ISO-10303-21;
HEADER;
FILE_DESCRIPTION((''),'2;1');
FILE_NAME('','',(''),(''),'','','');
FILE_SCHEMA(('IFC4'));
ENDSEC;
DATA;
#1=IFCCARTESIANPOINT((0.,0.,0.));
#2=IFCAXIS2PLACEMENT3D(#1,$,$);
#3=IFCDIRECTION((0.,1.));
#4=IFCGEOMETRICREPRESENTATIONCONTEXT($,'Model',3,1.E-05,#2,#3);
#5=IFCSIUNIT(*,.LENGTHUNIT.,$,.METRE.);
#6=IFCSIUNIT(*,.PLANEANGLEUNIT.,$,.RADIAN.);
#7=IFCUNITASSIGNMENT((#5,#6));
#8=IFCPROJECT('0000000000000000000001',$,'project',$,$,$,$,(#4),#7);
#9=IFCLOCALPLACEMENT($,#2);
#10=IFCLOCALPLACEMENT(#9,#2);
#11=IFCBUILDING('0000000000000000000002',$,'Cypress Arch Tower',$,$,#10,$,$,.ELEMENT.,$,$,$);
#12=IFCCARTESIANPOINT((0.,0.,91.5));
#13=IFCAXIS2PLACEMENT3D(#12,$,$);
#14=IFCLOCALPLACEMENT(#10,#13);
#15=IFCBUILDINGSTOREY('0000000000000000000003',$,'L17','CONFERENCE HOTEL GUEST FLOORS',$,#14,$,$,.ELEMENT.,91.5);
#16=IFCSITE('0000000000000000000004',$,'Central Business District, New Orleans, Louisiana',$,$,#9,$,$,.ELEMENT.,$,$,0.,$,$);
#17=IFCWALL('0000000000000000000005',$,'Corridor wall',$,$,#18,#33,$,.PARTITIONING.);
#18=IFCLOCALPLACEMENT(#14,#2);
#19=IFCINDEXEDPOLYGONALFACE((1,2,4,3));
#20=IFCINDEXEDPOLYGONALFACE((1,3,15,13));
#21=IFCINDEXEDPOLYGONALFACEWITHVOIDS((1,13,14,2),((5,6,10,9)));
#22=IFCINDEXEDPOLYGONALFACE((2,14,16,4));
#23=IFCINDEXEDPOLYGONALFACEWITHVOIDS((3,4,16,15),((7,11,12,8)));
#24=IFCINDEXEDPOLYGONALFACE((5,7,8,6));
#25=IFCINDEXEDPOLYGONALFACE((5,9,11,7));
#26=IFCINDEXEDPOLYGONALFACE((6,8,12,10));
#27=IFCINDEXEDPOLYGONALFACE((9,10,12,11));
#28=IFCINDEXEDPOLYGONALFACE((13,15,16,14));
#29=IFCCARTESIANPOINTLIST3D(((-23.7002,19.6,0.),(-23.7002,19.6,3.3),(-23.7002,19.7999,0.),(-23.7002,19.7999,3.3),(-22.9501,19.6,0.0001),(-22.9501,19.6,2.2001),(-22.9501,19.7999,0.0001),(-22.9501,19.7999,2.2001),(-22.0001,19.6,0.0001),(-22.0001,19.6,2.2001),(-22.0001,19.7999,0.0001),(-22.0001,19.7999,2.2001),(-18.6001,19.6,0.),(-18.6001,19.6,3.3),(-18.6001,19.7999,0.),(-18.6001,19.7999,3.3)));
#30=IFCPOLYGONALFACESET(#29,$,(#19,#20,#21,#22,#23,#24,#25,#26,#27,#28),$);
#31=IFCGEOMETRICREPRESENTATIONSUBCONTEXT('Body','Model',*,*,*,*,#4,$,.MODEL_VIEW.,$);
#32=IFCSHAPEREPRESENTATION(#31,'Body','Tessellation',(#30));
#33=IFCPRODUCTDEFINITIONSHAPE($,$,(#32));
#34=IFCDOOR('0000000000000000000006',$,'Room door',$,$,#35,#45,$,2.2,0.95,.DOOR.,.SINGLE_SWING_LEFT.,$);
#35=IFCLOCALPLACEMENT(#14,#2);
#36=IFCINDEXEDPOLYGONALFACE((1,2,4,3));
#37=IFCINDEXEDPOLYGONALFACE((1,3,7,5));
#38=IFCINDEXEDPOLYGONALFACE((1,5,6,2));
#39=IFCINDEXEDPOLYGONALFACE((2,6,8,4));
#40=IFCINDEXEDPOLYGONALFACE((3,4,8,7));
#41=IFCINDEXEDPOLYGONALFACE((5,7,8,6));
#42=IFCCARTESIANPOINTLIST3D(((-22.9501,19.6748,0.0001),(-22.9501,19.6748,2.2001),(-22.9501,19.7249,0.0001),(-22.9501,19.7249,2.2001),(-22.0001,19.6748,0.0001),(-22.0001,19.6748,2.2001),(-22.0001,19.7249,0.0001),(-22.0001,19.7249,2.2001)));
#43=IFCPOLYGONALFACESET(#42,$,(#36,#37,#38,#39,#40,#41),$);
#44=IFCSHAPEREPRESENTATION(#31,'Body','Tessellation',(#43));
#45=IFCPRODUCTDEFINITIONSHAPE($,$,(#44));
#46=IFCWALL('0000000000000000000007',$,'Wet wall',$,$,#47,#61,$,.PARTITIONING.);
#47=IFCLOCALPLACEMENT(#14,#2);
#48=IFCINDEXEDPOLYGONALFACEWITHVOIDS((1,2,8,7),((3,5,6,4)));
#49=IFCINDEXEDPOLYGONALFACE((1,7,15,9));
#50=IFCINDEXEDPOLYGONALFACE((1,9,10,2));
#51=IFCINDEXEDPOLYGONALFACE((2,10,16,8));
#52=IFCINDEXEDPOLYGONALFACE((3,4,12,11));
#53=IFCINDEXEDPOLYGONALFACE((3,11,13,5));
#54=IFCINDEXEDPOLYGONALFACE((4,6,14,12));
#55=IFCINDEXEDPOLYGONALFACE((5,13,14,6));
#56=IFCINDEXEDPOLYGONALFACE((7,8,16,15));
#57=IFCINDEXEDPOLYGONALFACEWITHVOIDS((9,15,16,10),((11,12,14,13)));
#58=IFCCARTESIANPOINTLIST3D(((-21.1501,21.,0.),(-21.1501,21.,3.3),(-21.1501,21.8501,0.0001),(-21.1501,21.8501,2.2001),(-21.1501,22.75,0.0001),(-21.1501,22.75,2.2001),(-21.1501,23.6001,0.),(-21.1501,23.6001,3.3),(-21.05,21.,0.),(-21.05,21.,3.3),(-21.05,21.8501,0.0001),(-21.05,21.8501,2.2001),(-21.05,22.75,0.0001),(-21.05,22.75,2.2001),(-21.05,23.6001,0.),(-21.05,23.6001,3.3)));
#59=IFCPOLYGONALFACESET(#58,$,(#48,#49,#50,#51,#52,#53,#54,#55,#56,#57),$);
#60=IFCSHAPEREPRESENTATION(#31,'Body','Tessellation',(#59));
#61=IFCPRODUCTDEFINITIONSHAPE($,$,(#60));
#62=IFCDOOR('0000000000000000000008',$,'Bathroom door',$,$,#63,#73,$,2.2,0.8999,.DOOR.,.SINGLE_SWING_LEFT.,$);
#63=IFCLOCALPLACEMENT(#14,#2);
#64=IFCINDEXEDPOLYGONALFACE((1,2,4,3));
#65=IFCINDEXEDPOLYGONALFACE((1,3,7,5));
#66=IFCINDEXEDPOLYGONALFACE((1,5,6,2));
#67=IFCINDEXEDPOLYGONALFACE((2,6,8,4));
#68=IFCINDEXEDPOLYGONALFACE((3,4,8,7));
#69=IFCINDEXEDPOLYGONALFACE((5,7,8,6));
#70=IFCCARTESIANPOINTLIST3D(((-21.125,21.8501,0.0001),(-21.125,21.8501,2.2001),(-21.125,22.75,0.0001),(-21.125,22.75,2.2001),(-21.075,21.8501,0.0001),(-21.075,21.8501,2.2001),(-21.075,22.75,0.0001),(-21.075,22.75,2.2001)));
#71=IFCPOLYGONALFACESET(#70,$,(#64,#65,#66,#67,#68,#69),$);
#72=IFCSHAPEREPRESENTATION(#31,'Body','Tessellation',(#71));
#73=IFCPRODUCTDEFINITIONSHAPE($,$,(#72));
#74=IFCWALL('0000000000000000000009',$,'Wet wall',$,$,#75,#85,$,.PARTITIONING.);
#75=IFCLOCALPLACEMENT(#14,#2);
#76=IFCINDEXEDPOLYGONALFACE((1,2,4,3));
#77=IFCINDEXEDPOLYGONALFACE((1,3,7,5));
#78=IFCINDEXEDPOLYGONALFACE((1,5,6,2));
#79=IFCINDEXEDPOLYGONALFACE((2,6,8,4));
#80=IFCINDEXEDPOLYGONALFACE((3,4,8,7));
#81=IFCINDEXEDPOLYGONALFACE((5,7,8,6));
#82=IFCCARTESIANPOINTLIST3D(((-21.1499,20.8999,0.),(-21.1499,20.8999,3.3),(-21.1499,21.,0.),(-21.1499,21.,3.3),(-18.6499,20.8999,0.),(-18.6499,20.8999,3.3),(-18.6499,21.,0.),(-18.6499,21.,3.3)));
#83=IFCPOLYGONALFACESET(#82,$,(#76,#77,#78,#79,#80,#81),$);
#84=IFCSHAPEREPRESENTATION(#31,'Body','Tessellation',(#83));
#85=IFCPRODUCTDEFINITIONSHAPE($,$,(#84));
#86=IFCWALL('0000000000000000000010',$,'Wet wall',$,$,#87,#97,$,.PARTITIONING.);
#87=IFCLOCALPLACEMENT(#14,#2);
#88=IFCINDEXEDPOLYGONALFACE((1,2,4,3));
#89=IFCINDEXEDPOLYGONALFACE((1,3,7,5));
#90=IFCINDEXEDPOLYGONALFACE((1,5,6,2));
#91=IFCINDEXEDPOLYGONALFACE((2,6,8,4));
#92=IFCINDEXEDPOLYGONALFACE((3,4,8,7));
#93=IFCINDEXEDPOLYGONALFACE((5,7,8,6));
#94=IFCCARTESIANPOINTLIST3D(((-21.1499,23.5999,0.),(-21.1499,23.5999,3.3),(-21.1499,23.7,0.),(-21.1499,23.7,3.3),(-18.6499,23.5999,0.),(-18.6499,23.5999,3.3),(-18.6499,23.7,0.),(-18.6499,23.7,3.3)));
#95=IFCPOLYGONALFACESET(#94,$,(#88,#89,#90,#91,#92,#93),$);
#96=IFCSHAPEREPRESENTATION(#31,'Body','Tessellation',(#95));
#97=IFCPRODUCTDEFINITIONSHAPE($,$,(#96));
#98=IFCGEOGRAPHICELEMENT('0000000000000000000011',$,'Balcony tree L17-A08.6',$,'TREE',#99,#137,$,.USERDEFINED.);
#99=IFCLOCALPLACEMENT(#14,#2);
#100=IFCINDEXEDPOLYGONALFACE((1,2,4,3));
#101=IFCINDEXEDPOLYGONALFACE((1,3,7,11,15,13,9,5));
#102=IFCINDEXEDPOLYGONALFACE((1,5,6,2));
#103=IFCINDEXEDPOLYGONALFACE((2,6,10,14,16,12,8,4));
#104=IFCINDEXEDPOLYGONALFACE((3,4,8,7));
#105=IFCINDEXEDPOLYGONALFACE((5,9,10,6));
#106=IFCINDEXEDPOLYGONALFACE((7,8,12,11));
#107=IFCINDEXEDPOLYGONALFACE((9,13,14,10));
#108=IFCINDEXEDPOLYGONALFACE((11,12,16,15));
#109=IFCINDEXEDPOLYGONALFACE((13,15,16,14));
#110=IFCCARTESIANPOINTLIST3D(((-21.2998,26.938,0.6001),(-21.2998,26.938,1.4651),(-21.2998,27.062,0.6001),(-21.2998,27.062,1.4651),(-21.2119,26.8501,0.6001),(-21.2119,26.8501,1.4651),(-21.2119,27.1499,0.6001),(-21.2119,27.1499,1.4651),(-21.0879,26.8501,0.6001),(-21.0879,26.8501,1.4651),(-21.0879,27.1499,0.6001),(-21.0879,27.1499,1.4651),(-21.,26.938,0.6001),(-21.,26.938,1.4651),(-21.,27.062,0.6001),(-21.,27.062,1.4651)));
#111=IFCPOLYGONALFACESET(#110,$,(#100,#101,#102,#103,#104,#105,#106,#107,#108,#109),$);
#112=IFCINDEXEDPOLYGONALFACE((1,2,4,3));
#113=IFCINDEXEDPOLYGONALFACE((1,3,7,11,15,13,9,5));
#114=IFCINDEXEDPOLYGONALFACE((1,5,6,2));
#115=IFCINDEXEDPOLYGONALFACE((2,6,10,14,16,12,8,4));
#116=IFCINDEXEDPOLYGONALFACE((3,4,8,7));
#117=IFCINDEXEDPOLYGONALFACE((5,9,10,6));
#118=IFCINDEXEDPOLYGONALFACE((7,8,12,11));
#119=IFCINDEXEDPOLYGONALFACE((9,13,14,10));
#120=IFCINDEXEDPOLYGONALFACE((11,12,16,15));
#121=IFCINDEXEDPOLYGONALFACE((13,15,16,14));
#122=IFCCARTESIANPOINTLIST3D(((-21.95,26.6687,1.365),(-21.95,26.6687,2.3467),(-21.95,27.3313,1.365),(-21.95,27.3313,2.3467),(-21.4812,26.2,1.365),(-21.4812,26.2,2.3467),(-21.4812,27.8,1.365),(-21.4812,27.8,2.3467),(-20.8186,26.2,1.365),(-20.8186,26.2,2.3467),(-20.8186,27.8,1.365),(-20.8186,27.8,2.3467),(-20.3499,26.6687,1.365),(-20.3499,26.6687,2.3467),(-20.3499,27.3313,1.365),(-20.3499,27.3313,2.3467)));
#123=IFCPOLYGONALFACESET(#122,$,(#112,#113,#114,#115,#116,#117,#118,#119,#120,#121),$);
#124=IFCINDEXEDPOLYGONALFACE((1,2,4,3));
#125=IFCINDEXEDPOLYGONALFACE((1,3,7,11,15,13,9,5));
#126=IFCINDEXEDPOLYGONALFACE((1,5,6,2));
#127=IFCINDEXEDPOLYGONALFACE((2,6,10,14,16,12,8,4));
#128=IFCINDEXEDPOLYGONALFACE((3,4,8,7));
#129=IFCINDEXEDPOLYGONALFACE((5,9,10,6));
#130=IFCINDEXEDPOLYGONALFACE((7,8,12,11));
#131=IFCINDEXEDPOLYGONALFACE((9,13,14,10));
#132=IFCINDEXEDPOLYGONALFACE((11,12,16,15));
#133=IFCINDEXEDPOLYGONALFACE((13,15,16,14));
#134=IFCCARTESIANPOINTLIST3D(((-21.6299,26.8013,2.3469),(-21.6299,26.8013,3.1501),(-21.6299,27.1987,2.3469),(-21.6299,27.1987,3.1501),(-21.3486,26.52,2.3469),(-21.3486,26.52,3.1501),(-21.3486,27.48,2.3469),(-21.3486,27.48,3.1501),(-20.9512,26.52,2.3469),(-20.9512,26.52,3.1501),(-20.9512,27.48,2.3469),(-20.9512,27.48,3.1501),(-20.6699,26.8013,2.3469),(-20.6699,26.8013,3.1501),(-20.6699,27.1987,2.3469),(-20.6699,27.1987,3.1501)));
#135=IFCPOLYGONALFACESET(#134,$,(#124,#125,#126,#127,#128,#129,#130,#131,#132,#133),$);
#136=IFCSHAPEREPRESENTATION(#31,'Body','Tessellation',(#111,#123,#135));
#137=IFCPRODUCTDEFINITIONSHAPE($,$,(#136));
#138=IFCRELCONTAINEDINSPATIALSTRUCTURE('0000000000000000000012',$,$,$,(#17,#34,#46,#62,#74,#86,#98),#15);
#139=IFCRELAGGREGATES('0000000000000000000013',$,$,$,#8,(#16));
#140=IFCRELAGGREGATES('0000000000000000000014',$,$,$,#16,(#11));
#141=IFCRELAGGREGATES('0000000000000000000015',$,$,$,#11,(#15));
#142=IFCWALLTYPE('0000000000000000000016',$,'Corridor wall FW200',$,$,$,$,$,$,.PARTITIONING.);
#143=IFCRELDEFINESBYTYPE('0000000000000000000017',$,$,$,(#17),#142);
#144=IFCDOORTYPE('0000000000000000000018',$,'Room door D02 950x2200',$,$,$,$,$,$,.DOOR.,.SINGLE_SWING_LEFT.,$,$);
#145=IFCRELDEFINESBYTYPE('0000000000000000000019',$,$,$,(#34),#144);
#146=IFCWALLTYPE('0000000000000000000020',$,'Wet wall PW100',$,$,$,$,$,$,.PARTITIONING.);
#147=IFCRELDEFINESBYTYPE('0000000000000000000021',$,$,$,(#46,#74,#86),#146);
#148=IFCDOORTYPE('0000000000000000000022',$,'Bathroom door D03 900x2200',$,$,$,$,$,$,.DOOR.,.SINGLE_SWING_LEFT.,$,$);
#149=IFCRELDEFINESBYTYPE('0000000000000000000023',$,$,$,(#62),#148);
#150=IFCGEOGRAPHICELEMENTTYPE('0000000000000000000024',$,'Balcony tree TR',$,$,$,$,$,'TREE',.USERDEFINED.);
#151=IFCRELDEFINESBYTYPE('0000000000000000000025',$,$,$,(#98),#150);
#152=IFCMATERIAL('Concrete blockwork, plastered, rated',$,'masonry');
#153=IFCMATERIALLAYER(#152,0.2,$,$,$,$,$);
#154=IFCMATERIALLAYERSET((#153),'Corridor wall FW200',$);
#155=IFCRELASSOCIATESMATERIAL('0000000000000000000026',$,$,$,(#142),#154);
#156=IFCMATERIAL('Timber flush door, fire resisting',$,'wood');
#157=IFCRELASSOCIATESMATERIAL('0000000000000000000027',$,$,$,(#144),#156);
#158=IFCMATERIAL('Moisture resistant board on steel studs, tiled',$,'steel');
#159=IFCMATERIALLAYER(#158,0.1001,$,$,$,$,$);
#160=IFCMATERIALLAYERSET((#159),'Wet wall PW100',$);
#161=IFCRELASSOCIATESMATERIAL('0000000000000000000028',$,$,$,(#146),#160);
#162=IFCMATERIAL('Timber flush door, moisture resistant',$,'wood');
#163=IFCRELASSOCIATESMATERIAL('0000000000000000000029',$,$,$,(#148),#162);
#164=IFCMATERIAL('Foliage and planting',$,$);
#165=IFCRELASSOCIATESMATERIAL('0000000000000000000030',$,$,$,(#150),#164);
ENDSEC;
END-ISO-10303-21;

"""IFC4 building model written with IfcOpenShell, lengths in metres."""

from ifc_helpers import new_model, si_unit, direction, frame, frame_2d, origin, place, context, subcontext, project, spatial, polyline, rectangle, outline, extrude, material, layer, layer_set, type_object, element, fill, save


model = new_model("IFC4")

# Units and contexts
model_context = context("Model", 3, precision=1e-05, world=origin(), true_north=direction((0.0, 1.0)))
body_context = subcontext(model_context, "Body", "Model", "MODEL_VIEW")
ifc_project = project(units=[si_unit("LENGTHUNIT", "METRE"), si_unit("PLANEANGLEUNIT", "RADIAN")], contexts=[model_context])

# Site, building, storey
site_placement = place(None, origin())
site = spatial("IfcSite", under=ifc_project, at=site_placement, Name="Central Business District, New Orleans, Louisiana", CompositionType="ELEMENT", RefElevation=0.0)
building_placement = place(site_placement, origin())
building = spatial("IfcBuilding", under=site, at=building_placement, Name="Cypress Arch Tower", CompositionType="ELEMENT")
storey_placement = place(building_placement, frame((0.0, 0.0, 91.5)))
storey = spatial("IfcBuildingStorey", under=building, at=storey_placement, Name="L17", Description="CONFERENCE HOTEL GUEST FLOORS", CompositionType="ELEMENT", Elevation=91.5)

# Walls, openings, doors
ifc_material_1 = material(Name="Concrete blockwork, plastered, rated", Category="masonry")
ifc_layer_1 = layer(ifc_material_1, 0.2)
ifc_layer_set_1 = layer_set([ifc_layer_1], Name="Corridor wall FW200")
wall_type_1 = type_object("IfcWallType", Name="Corridor wall FW200", PredefinedType="PARTITIONING", material=ifc_layer_set_1)
wall_1_placement = place(storey_placement, frame((-23.7002, 19.7, 0.0), z_axis=(0.0, 0.0, 1.0), x_axis=(1.0, 0.0, 0.0)))
wall_1 = element("IfcWall", 1, at=wall_1_placement, inside=storey, type_object=wall_type_1, Name="Corridor wall", PredefinedType="PARTITIONING", context=body_context, shape_type="SweptSolid", body=[
    extrude(rectangle(XDim=5.1001, YDim=0.2, at=frame_2d((2.55, 0.0))), origin(), (0.0, 0.0, 1.0), 3.3),
])
opening_1_placement = place(wall_1_placement, frame((0.75, 0.0, 0.0)))
opening_1 = element("IfcOpeningElement", 2, at=opening_1_placement, cuts=wall_1, PredefinedType="OPENING", context=body_context, shape_type="SweptSolid", body=[
    extrude(rectangle(XDim=0.95, YDim=2.2, at=frame_2d((0.4751, 1.1001))), frame((0.0, 0.1099, 0.0), z_axis=(0.0, -1.0, 0.0), x_axis=(1.0, 0.0, 0.0)), (0.0, 0.0, 1.0), 0.22),
])
ifc_material_2 = material(Name="Timber flush door, fire resisting", Category="wood")
door_type_1 = type_object("IfcDoorType", Name="Room door D02 950x2200", OperationType="SINGLE_SWING_LEFT", PredefinedType="DOOR", material=ifc_material_2)
door_1_placement = place(opening_1_placement, origin())
door_1 = element("IfcDoor", 3, at=door_1_placement, inside=storey, type_object=door_type_1, Name="Room door", OperationType="SINGLE_SWING_LEFT", OverallHeight=2.2, OverallWidth=0.95, PredefinedType="DOOR", context=body_context, shape_type="SweptSolid", body=[
    extrude(rectangle(XDim=0.95, YDim=2.2, at=frame_2d((0.4751, 1.1001))), frame((0.0, 0.0249, 0.0), z_axis=(0.0, -1.0, 0.0), x_axis=(1.0, 0.0, 0.0)), (0.0, 0.0, 1.0), 0.05),
])
fill(opening_1, door_1)
ifc_material_3 = material(Name="Moisture resistant board on steel studs, tiled", Category="steel")
ifc_layer_2 = layer(ifc_material_3, 0.1001)
ifc_layer_set_2 = layer_set([ifc_layer_2], Name="Wet wall PW100")
wall_type_2 = type_object("IfcWallType", Name="Wet wall PW100", PredefinedType="PARTITIONING", material=ifc_layer_set_2)
wall_2_placement = place(storey_placement, frame((-21.1001, 21.0, 0.0), z_axis=(0.0, 0.0, 1.0), x_axis=(0.0, 1.0, 0.0)))
wall_2 = element("IfcWall", 4, at=wall_2_placement, inside=storey, type_object=wall_type_2, Name="Wet wall", PredefinedType="PARTITIONING", context=body_context, shape_type="SweptSolid", body=[
    extrude(rectangle(XDim=2.6001, YDim=0.1001, at=frame_2d((1.3, 0.0))), origin(), (0.0, 0.0, 1.0), 3.3),
])
opening_2_placement = place(wall_2_placement, frame((0.8501, 0.0, 0.0)))
opening_2 = element("IfcOpeningElement", 5, at=opening_2_placement, cuts=wall_2, PredefinedType="OPENING", context=body_context, shape_type="SweptSolid", body=[
    extrude(rectangle(XDim=0.8999, YDim=2.2, at=frame_2d((0.45, 1.1001))), frame((0.0, 0.0601, 0.0), z_axis=(0.0, -1.0, 0.0), x_axis=(1.0, 0.0, 0.0)), (0.0, 0.0, 1.0), 0.1201),
])
ifc_material_4 = material(Name="Timber flush door, moisture resistant", Category="wood")
door_type_2 = type_object("IfcDoorType", Name="Bathroom door D03 900x2200", OperationType="SINGLE_SWING_LEFT", PredefinedType="DOOR", material=ifc_material_4)
door_2_placement = place(opening_2_placement, origin())
door_2 = element("IfcDoor", 6, at=door_2_placement, inside=storey, type_object=door_type_2, Name="Bathroom door", OperationType="SINGLE_SWING_LEFT", OverallHeight=2.2, OverallWidth=0.8999, PredefinedType="DOOR", context=body_context, shape_type="SweptSolid", body=[
    extrude(rectangle(XDim=0.8999, YDim=2.2, at=frame_2d((0.45, 1.1001))), frame((0.0, 0.0249, 0.0), z_axis=(0.0, -1.0, 0.0), x_axis=(1.0, 0.0, 0.0)), (0.0, 0.0, 1.0), 0.05),
])
fill(opening_2, door_2)

# Walls
for number, where, z_axis, x_axis, name in (
    (7, (-21.1499, 20.95, 0.0), (0.0, 0.0, 1.0), (1.0, 0.0, 0.0), "Wet wall"),
    (8, (-21.1499, 23.6499, 0.0), (0.0, 0.0, 1.0), (1.0, 0.0, 0.0), "Wet wall"),
):
    element("IfcWall", number, at=place(storey_placement, frame(where, z_axis=z_axis, x_axis=x_axis)), inside=storey, type_object=wall_type_2, Name=name, PredefinedType="PARTITIONING", context=body_context, shape_type="SweptSolid", body=[
        extrude(rectangle(XDim=2.5, YDim=0.1001, at=frame_2d((1.25, 0.0))), origin(), (0.0, 0.0, 1.0), 3.3),
    ])

# Geographic element
ifc_material_5 = material(Name="Foliage and planting")
geographic_element_type = type_object("IfcGeographicElementType", Name="Balcony tree TR", ElementType="TREE", PredefinedType="USERDEFINED", material=ifc_material_5)
geographic_element_placement = place(storey_placement, frame((-21.1499, 27.0, 0.6001), z_axis=(0.0, 0.0, 1.0), x_axis=(1.0, 0.0, 0.0)))
element("IfcGeographicElement", 9, at=geographic_element_placement, inside=storey, type_object=geographic_element_type, Name="Balcony tree L17-A08.6", ObjectType="TREE", PredefinedType="USERDEFINED", context=body_context, shape_type="SweptSolid", body=[
    extrude(outline(polyline([(0.1499, 0.062), (0.062, 0.1499), (-0.062, 0.1499), (-0.1499, 0.062), (-0.1499, -0.062), (-0.062, -0.1499), (0.062, -0.1499), (0.1499, -0.062), (0.1499, 0.062)])), origin(), (0.0, 0.0, 1.0), 0.865),
    extrude(outline(polyline([(0.8, 0.3313), (0.3313, 0.8), (-0.3313, 0.8), (-0.8, 0.3313), (-0.8, -0.3313), (-0.3313, -0.8), (0.3313, -0.8), (0.8, -0.3313), (0.8, 0.3313)])), frame((0.0, 0.0, 0.7649)), (0.0, 0.0, 1.0), 0.9817),
    extrude(outline(polyline([(0.48, 0.1987), (0.1987, 0.48), (-0.1987, 0.48), (-0.48, 0.1987), (-0.48, -0.1987), (-0.1987, -0.48), (0.1987, -0.48), (0.48, -0.1987), (0.48, 0.1987)])), frame((0.0, 0.0, 1.7468)), (0.0, 0.0, 1.0), 0.8032),
])

save(model, "model.ifc")
